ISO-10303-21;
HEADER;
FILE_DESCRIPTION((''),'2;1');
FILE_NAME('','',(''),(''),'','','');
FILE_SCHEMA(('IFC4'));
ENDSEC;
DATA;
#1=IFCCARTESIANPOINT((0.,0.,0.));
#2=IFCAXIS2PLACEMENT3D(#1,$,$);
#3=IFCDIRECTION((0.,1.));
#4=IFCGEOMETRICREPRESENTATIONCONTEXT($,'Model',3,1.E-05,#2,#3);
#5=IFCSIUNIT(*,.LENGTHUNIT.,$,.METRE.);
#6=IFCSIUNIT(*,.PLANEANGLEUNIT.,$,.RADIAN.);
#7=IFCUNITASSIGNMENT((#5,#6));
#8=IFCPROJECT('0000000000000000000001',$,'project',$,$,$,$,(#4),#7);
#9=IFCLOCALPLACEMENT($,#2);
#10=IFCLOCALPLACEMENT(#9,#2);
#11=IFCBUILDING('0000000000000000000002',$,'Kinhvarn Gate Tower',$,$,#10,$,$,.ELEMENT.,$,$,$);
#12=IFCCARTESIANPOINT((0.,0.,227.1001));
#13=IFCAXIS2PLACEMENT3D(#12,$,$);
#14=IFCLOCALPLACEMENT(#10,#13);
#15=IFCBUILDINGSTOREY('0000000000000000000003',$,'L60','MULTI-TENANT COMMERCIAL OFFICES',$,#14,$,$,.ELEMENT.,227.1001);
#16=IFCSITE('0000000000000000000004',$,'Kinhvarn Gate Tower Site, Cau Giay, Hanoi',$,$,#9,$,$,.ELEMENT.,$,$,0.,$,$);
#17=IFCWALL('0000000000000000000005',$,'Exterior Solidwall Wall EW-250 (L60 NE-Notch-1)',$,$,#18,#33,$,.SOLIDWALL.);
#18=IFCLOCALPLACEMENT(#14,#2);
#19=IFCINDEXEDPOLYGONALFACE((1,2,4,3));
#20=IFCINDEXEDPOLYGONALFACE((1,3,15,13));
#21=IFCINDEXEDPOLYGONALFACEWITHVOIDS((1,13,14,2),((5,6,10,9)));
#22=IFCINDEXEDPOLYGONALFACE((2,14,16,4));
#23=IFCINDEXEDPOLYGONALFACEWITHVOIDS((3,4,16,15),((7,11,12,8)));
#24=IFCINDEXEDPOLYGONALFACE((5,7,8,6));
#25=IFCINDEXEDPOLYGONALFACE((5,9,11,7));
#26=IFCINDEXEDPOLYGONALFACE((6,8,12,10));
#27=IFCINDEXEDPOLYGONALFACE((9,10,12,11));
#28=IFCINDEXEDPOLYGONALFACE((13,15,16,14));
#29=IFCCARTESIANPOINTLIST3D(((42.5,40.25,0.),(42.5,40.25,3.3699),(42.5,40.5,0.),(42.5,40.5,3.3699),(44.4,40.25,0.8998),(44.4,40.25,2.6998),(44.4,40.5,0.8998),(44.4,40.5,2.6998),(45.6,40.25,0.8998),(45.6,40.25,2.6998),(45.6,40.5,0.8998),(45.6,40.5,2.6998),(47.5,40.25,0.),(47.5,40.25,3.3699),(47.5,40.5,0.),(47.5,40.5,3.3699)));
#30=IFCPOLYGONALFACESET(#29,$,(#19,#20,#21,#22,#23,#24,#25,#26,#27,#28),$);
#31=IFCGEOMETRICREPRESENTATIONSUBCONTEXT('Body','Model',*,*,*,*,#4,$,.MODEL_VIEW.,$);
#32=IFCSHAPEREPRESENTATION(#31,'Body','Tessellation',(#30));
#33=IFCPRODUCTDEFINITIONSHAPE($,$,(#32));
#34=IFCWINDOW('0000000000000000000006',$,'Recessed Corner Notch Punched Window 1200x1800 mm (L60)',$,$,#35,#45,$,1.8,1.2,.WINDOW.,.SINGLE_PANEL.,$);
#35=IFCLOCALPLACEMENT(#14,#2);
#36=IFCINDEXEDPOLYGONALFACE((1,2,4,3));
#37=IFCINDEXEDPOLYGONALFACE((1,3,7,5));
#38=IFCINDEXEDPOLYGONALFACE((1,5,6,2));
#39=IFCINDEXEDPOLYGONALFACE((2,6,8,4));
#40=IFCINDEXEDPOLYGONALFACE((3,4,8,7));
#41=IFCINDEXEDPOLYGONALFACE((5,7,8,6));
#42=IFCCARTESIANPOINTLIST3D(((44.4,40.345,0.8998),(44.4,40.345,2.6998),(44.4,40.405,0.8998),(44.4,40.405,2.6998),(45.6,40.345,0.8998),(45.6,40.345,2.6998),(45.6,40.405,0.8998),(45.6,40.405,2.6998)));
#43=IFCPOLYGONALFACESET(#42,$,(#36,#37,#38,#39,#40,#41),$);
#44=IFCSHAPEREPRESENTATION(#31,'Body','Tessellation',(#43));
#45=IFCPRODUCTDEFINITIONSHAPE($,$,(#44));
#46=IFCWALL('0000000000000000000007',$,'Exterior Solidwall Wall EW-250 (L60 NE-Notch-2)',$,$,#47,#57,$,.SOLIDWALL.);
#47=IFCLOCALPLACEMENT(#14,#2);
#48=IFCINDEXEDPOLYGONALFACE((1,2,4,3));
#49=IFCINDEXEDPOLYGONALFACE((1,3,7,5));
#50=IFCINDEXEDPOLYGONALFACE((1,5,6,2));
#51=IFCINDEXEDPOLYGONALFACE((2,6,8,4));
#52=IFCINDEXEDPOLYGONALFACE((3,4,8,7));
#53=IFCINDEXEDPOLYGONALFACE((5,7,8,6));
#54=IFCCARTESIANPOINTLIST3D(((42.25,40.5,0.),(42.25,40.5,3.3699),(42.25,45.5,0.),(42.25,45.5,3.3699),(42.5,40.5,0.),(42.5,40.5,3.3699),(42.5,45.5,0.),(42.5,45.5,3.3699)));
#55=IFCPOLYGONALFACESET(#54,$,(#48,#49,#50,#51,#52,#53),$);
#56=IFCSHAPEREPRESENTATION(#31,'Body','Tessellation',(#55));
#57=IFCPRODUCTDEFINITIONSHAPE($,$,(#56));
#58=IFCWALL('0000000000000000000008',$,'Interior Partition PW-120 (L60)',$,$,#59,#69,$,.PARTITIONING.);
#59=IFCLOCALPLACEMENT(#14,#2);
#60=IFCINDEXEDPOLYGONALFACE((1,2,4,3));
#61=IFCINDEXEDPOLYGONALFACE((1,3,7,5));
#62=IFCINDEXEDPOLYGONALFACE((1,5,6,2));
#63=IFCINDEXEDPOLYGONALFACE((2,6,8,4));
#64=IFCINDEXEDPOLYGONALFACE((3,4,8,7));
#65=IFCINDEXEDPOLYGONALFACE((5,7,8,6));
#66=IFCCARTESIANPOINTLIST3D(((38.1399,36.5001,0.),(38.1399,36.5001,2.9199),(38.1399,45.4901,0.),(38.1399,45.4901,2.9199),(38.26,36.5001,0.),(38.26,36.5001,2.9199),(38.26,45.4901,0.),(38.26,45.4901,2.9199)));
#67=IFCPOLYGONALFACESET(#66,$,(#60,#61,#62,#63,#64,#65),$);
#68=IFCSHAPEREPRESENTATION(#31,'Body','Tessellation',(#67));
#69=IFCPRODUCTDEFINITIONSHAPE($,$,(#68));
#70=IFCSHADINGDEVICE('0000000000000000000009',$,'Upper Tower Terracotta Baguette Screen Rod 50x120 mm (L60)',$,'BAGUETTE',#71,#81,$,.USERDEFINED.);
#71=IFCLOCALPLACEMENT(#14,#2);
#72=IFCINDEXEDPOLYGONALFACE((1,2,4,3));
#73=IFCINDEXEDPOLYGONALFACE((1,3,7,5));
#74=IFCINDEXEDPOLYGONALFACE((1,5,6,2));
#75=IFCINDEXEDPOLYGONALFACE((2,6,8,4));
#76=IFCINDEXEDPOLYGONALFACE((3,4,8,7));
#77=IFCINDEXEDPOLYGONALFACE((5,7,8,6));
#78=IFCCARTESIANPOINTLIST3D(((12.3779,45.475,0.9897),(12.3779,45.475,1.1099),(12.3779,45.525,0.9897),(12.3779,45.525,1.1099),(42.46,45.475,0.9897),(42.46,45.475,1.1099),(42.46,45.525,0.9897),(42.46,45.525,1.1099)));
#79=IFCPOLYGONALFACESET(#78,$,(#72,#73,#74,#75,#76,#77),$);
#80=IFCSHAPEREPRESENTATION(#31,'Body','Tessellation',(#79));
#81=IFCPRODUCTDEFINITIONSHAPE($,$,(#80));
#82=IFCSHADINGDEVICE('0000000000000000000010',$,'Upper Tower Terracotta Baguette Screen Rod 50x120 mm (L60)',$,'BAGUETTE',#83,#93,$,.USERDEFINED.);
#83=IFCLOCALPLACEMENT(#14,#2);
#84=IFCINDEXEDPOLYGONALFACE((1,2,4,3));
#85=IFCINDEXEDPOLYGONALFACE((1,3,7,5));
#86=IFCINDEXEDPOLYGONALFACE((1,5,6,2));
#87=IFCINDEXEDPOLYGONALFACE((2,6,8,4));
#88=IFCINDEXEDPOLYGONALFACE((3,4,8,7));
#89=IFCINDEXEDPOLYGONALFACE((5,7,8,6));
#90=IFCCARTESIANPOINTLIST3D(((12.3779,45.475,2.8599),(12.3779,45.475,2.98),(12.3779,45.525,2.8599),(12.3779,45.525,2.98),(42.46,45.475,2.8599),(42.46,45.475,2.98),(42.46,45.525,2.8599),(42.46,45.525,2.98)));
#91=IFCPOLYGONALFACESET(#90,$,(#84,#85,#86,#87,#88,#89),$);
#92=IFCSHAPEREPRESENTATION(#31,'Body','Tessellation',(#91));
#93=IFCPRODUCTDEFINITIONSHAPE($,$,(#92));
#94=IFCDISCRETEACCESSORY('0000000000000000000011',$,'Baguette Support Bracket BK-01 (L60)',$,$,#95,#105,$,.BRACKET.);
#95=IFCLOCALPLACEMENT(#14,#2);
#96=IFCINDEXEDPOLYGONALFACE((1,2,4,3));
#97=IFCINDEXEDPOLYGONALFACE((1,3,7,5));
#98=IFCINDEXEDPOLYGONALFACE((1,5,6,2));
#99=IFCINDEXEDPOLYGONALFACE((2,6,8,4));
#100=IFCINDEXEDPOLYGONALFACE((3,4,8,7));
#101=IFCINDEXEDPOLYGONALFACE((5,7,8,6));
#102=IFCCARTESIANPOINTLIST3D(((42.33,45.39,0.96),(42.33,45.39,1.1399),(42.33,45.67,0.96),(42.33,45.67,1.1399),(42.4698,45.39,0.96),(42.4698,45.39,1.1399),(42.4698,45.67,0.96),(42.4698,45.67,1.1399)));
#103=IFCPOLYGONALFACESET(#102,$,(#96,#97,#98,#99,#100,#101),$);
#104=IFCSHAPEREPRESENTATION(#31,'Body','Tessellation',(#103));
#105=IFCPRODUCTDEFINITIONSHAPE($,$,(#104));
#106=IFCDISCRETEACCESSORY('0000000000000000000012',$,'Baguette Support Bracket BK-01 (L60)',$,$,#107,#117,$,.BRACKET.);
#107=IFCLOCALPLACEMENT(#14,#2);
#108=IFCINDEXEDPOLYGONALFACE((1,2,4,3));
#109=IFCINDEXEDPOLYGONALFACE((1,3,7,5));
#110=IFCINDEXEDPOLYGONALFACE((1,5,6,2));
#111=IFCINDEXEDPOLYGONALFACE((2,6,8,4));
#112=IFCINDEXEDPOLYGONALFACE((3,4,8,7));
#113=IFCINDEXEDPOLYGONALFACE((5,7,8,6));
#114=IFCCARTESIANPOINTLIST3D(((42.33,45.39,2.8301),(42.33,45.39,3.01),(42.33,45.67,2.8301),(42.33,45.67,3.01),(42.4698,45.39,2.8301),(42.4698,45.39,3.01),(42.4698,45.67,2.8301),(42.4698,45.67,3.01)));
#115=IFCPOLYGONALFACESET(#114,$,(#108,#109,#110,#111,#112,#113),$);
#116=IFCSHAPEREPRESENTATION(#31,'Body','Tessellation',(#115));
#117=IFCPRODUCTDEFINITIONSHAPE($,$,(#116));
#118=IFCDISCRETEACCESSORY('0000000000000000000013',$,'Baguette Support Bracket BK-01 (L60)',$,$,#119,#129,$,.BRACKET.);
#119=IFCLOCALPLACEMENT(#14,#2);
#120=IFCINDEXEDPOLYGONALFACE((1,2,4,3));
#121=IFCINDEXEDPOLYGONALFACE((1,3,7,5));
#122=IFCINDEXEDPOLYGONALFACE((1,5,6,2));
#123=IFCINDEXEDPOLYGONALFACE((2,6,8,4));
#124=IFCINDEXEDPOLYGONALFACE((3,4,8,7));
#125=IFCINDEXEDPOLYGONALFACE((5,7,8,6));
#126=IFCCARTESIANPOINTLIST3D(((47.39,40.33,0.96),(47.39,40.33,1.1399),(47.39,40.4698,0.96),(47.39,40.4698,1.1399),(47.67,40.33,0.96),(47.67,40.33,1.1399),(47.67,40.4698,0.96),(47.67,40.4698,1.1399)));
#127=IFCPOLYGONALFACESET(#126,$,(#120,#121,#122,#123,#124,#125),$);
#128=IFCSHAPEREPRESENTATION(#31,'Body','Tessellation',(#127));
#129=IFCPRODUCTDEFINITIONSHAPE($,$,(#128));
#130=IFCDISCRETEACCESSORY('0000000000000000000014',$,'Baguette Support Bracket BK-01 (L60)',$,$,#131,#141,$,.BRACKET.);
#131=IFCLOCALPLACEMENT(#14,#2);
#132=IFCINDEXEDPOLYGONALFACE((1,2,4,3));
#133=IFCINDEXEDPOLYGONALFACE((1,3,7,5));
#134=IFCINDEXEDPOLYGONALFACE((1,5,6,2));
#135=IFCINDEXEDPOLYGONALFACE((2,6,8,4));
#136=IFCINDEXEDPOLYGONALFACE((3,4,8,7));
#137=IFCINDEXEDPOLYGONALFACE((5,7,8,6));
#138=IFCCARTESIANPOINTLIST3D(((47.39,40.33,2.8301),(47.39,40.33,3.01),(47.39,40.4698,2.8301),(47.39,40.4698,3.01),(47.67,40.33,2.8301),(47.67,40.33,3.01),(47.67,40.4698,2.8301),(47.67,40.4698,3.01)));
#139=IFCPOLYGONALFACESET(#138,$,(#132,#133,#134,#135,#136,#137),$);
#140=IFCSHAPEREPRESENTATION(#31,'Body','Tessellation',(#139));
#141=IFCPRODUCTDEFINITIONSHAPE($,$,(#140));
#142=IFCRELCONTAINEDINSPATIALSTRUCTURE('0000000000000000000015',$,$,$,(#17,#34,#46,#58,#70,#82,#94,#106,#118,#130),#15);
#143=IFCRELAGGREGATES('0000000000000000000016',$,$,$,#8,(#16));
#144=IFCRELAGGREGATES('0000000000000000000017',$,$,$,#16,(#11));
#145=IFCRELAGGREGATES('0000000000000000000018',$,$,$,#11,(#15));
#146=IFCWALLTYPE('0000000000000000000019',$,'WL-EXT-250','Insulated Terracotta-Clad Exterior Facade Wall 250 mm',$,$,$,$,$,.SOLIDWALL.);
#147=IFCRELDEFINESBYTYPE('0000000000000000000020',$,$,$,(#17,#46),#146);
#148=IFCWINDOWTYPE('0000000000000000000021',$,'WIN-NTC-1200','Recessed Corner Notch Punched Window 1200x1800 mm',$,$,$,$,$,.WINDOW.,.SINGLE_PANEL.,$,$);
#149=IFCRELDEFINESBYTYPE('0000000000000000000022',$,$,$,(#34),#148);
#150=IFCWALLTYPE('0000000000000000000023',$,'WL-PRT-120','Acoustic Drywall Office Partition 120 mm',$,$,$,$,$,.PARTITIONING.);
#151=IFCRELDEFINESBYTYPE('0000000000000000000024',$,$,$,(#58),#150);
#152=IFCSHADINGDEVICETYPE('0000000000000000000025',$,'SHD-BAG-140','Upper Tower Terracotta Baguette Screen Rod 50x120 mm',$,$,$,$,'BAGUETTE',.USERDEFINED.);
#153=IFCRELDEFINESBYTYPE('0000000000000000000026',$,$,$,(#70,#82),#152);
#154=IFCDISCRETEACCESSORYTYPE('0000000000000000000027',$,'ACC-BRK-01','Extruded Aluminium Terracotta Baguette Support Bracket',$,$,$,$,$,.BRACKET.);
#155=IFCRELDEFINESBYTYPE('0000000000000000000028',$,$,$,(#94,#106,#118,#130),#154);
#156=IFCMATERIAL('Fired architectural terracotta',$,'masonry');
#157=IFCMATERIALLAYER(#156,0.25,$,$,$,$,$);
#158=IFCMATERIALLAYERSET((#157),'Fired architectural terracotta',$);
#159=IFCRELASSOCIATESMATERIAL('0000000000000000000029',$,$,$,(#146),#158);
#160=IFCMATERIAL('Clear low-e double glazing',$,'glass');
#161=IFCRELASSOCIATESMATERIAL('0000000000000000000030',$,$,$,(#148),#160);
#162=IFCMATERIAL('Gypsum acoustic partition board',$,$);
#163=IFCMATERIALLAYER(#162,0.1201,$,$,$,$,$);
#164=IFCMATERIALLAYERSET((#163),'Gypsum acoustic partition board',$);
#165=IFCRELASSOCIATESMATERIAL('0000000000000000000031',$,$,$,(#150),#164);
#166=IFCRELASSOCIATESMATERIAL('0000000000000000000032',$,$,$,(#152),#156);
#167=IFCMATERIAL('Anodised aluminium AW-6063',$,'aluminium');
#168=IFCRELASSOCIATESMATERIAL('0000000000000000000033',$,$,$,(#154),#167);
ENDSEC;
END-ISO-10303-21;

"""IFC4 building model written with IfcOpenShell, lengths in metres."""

from ifc_helpers import new_model, si_unit, direction, frame, frame_2d, origin, origin_2d, place, context, subcontext, project, spatial, rectangle, extrude, material, layer, layer_set, material_profile, profile_set, type_object, element, fill, save


model = new_model("IFC4")

# Units and contexts
model_context = context("Model", 3, precision=1e-05, world=origin(), true_north=direction((0.0, 1.0)))
body_context = subcontext(model_context, "Body", "Model", "MODEL_VIEW")
ifc_project = project(units=[si_unit("LENGTHUNIT", "METRE"), si_unit("PLANEANGLEUNIT", "RADIAN")], contexts=[model_context])

# Site, building, storey
site_placement = place(None, origin())
site = spatial("IfcSite", under=ifc_project, at=site_placement, Name="Kinhvarn Gate Tower Site, Cau Giay, Hanoi", CompositionType="ELEMENT", RefElevation=0.0)
building_placement = place(site_placement, origin())
building = spatial("IfcBuilding", under=site, at=building_placement, Name="Kinhvarn Gate Tower", CompositionType="ELEMENT")
storey_placement = place(building_placement, frame((0.0, 0.0, 227.1001)))
storey = spatial("IfcBuildingStorey", under=building, at=storey_placement, Name="L60", Description="MULTI-TENANT COMMERCIAL OFFICES", CompositionType="ELEMENT", Elevation=227.1001)

# Shared definitions
ifc_material_1 = material(Name="Anodised aluminium AW-6063", Category="aluminium")

# Shared definitions
ifc_material_2 = material(Name="Clear low-e double glazing", Category="glass")

# Wall, opening, window
ifc_material_3 = material(Name="Fired architectural terracotta", Category="masonry")
ifc_layer_1 = layer(ifc_material_3, 0.25)
ifc_layer_set_1 = layer_set([ifc_layer_1], Name="Fired architectural terracotta")
wall_type_1 = type_object("IfcWallType", Name="WL-EXT-250", Description="Insulated Terracotta-Clad Exterior Facade Wall 250 mm", PredefinedType="SOLIDWALL", material=ifc_layer_set_1)
wall_1_placement = place(storey_placement, frame((47.5, 40.375, 0.0), z_axis=(0.0, 0.0, 1.0), x_axis=(-1.0, 0.0, 0.0)))
wall_1 = element("IfcWall", 1, at=wall_1_placement, inside=storey, type_object=wall_type_1, Name="Exterior Solidwall Wall EW-250 (L60 NE-Notch-1)", PredefinedType="SOLIDWALL", context=body_context, shape_type="SweptSolid", body=[
    extrude(rectangle(XDim=5.0, YDim=0.25, at=frame_2d((2.5, 0.0))), origin(), (0.0, 0.0, 1.0), 3.3699),
])
opening_placement = place(wall_1_placement, frame((1.8999, 0.0, 0.8999)))
opening = element("IfcOpeningElement", 2, at=opening_placement, cuts=wall_1, PredefinedType="OPENING", context=body_context, shape_type="SweptSolid", body=[
    extrude(rectangle(XDim=1.2, YDim=1.8, at=frame_2d((0.6001, 0.8999))), frame((0.0, 0.135, 0.0), z_axis=(0.0, -1.0, 0.0), x_axis=(1.0, 0.0, 0.0)), (0.0, 0.0, 1.0), 0.27),
])
window_type = type_object("IfcWindowType", Name="WIN-NTC-1200", Description="Recessed Corner Notch Punched Window 1200x1800 mm", PartitioningType="SINGLE_PANEL", PredefinedType="WINDOW", material=ifc_material_2)
window_placement = place(opening_placement, origin())
window = element("IfcWindow", 3, at=window_placement, inside=storey, type_object=window_type, Name="Recessed Corner Notch Punched Window 1200x1800 mm (L60)", OverallHeight=1.8, OverallWidth=1.2, PartitioningType="SINGLE_PANEL", PredefinedType="WINDOW", context=body_context, shape_type="SweptSolid", body=[
    extrude(rectangle(XDim=1.2, YDim=1.8, at=frame_2d((0.6001, 0.8999))), frame((0.0, 0.03, 0.0), z_axis=(0.0, -1.0, 0.0), x_axis=(1.0, 0.0, 0.0)), (0.0, 0.0, 1.0), 0.0601),
])
fill(opening, window)

# Walls
wall_2_placement = place(storey_placement, frame((42.375, 40.5, 0.0), z_axis=(0.0, 0.0, 1.0), x_axis=(0.0, 1.0, 0.0)))
element("IfcWall", 4, at=wall_2_placement, inside=storey, type_object=wall_type_1, Name="Exterior Solidwall Wall EW-250 (L60 NE-Notch-2)", PredefinedType="SOLIDWALL", context=body_context, shape_type="SweptSolid", body=[
    extrude(rectangle(XDim=5.0, YDim=0.25, at=frame_2d((2.5, 0.0))), origin(), (0.0, 0.0, 1.0), 3.3699),
])
ifc_material_4 = material(Name="Gypsum acoustic partition board")
ifc_layer_2 = layer(ifc_material_4, 0.1201)
ifc_layer_set_2 = layer_set([ifc_layer_2], Name="Gypsum acoustic partition board")
wall_type_2 = type_object("IfcWallType", Name="WL-PRT-120", Description="Acoustic Drywall Office Partition 120 mm", PredefinedType="PARTITIONING", material=ifc_layer_set_2)
wall_3_placement = place(storey_placement, frame((38.2, 36.5, 0.0), z_axis=(0.0, 0.0, 1.0), x_axis=(0.0, 1.0, 0.0)))
element("IfcWall", 5, at=wall_3_placement, inside=storey, type_object=wall_type_2, Name="Interior Partition PW-120 (L60)", PredefinedType="PARTITIONING", context=body_context, shape_type="SweptSolid", body=[
    extrude(rectangle(XDim=8.99, YDim=0.1201, at=frame_2d((4.4951, 0.0))), origin(), (0.0, 0.0, 1.0), 2.9199),
])

# Shading devices
ifc_material_profile_1 = material_profile(ifc_material_3, rectangle(XDim=0.05, YDim=0.1201, at=origin_2d()), Name="TC 50x120")
ifc_profile_set_1 = profile_set([ifc_material_profile_1], Name="Fired architectural terracotta")
shading_device_type = type_object("IfcShadingDeviceType", Name="SHD-BAG-140", Description="Upper Tower Terracotta Baguette Screen Rod 50x120 mm", ElementType="BAGUETTE", PredefinedType="USERDEFINED", material=ifc_profile_set_1)
for number, where, z_axis, x_axis, name in (
    (6, (42.46, 45.5, 1.0498), (-1.0, 0.0, 0.0), (0.0, -1.0, 0.0), "Upper Tower Terracotta Baguette Screen Rod 50x120 mm (L60)"),
    (7, (42.46, 45.5, 2.9199), (-1.0, 0.0, 0.0), (0.0, -1.0, 0.0), "Upper Tower Terracotta Baguette Screen Rod 50x120 mm (L60)"),
):
    element("IfcShadingDevice", number, at=place(storey_placement, frame(where, z_axis=z_axis, x_axis=x_axis)), inside=storey, type_object=shading_device_type, Name=name, ObjectType="BAGUETTE", PredefinedType="USERDEFINED", context=body_context, shape_type="SweptSolid", body=[
        extrude(rectangle(XDim=0.05, YDim=0.1201, at=origin_2d()), origin(), (0.0, 0.0, 1.0), 30.082),
    ])

# Discrete accessories
discrete_accessory_type = type_object("IfcDiscreteAccessoryType", Name="ACC-BRK-01", Description="Extruded Aluminium Terracotta Baguette Support Bracket", PredefinedType="BRACKET", material=ifc_material_1)
for number, where, z_axis, x_axis, name in (
    (8, (42.3999, 45.53, 0.96), (0.0, 0.0, 1.0), (-1.0, 0.0, 0.0), "Baguette Support Bracket BK-01 (L60)"),
    (9, (42.3999, 45.53, 2.8301), (0.0, 0.0, 1.0), (-1.0, 0.0, 0.0), "Baguette Support Bracket BK-01 (L60)"),
    (10, (47.53, 40.3999, 0.96), (0.0, 0.0, 1.0), (0.0, 1.0, 0.0), "Baguette Support Bracket BK-01 (L60)"),
    (11, (47.53, 40.3999, 2.8301), (0.0, 0.0, 1.0), (0.0, 1.0, 0.0), "Baguette Support Bracket BK-01 (L60)"),
):
    element("IfcDiscreteAccessory", number, at=place(storey_placement, frame(where, z_axis=z_axis, x_axis=x_axis)), inside=storey, type_object=discrete_accessory_type, Name=name, PredefinedType="BRACKET", context=body_context, shape_type="SweptSolid", body=[
        extrude(rectangle(XDim=0.1399, YDim=0.28, at=origin_2d()), origin(), (0.0, 0.0, 1.0), 0.1799),
    ])

save(model, "model.ifc")
